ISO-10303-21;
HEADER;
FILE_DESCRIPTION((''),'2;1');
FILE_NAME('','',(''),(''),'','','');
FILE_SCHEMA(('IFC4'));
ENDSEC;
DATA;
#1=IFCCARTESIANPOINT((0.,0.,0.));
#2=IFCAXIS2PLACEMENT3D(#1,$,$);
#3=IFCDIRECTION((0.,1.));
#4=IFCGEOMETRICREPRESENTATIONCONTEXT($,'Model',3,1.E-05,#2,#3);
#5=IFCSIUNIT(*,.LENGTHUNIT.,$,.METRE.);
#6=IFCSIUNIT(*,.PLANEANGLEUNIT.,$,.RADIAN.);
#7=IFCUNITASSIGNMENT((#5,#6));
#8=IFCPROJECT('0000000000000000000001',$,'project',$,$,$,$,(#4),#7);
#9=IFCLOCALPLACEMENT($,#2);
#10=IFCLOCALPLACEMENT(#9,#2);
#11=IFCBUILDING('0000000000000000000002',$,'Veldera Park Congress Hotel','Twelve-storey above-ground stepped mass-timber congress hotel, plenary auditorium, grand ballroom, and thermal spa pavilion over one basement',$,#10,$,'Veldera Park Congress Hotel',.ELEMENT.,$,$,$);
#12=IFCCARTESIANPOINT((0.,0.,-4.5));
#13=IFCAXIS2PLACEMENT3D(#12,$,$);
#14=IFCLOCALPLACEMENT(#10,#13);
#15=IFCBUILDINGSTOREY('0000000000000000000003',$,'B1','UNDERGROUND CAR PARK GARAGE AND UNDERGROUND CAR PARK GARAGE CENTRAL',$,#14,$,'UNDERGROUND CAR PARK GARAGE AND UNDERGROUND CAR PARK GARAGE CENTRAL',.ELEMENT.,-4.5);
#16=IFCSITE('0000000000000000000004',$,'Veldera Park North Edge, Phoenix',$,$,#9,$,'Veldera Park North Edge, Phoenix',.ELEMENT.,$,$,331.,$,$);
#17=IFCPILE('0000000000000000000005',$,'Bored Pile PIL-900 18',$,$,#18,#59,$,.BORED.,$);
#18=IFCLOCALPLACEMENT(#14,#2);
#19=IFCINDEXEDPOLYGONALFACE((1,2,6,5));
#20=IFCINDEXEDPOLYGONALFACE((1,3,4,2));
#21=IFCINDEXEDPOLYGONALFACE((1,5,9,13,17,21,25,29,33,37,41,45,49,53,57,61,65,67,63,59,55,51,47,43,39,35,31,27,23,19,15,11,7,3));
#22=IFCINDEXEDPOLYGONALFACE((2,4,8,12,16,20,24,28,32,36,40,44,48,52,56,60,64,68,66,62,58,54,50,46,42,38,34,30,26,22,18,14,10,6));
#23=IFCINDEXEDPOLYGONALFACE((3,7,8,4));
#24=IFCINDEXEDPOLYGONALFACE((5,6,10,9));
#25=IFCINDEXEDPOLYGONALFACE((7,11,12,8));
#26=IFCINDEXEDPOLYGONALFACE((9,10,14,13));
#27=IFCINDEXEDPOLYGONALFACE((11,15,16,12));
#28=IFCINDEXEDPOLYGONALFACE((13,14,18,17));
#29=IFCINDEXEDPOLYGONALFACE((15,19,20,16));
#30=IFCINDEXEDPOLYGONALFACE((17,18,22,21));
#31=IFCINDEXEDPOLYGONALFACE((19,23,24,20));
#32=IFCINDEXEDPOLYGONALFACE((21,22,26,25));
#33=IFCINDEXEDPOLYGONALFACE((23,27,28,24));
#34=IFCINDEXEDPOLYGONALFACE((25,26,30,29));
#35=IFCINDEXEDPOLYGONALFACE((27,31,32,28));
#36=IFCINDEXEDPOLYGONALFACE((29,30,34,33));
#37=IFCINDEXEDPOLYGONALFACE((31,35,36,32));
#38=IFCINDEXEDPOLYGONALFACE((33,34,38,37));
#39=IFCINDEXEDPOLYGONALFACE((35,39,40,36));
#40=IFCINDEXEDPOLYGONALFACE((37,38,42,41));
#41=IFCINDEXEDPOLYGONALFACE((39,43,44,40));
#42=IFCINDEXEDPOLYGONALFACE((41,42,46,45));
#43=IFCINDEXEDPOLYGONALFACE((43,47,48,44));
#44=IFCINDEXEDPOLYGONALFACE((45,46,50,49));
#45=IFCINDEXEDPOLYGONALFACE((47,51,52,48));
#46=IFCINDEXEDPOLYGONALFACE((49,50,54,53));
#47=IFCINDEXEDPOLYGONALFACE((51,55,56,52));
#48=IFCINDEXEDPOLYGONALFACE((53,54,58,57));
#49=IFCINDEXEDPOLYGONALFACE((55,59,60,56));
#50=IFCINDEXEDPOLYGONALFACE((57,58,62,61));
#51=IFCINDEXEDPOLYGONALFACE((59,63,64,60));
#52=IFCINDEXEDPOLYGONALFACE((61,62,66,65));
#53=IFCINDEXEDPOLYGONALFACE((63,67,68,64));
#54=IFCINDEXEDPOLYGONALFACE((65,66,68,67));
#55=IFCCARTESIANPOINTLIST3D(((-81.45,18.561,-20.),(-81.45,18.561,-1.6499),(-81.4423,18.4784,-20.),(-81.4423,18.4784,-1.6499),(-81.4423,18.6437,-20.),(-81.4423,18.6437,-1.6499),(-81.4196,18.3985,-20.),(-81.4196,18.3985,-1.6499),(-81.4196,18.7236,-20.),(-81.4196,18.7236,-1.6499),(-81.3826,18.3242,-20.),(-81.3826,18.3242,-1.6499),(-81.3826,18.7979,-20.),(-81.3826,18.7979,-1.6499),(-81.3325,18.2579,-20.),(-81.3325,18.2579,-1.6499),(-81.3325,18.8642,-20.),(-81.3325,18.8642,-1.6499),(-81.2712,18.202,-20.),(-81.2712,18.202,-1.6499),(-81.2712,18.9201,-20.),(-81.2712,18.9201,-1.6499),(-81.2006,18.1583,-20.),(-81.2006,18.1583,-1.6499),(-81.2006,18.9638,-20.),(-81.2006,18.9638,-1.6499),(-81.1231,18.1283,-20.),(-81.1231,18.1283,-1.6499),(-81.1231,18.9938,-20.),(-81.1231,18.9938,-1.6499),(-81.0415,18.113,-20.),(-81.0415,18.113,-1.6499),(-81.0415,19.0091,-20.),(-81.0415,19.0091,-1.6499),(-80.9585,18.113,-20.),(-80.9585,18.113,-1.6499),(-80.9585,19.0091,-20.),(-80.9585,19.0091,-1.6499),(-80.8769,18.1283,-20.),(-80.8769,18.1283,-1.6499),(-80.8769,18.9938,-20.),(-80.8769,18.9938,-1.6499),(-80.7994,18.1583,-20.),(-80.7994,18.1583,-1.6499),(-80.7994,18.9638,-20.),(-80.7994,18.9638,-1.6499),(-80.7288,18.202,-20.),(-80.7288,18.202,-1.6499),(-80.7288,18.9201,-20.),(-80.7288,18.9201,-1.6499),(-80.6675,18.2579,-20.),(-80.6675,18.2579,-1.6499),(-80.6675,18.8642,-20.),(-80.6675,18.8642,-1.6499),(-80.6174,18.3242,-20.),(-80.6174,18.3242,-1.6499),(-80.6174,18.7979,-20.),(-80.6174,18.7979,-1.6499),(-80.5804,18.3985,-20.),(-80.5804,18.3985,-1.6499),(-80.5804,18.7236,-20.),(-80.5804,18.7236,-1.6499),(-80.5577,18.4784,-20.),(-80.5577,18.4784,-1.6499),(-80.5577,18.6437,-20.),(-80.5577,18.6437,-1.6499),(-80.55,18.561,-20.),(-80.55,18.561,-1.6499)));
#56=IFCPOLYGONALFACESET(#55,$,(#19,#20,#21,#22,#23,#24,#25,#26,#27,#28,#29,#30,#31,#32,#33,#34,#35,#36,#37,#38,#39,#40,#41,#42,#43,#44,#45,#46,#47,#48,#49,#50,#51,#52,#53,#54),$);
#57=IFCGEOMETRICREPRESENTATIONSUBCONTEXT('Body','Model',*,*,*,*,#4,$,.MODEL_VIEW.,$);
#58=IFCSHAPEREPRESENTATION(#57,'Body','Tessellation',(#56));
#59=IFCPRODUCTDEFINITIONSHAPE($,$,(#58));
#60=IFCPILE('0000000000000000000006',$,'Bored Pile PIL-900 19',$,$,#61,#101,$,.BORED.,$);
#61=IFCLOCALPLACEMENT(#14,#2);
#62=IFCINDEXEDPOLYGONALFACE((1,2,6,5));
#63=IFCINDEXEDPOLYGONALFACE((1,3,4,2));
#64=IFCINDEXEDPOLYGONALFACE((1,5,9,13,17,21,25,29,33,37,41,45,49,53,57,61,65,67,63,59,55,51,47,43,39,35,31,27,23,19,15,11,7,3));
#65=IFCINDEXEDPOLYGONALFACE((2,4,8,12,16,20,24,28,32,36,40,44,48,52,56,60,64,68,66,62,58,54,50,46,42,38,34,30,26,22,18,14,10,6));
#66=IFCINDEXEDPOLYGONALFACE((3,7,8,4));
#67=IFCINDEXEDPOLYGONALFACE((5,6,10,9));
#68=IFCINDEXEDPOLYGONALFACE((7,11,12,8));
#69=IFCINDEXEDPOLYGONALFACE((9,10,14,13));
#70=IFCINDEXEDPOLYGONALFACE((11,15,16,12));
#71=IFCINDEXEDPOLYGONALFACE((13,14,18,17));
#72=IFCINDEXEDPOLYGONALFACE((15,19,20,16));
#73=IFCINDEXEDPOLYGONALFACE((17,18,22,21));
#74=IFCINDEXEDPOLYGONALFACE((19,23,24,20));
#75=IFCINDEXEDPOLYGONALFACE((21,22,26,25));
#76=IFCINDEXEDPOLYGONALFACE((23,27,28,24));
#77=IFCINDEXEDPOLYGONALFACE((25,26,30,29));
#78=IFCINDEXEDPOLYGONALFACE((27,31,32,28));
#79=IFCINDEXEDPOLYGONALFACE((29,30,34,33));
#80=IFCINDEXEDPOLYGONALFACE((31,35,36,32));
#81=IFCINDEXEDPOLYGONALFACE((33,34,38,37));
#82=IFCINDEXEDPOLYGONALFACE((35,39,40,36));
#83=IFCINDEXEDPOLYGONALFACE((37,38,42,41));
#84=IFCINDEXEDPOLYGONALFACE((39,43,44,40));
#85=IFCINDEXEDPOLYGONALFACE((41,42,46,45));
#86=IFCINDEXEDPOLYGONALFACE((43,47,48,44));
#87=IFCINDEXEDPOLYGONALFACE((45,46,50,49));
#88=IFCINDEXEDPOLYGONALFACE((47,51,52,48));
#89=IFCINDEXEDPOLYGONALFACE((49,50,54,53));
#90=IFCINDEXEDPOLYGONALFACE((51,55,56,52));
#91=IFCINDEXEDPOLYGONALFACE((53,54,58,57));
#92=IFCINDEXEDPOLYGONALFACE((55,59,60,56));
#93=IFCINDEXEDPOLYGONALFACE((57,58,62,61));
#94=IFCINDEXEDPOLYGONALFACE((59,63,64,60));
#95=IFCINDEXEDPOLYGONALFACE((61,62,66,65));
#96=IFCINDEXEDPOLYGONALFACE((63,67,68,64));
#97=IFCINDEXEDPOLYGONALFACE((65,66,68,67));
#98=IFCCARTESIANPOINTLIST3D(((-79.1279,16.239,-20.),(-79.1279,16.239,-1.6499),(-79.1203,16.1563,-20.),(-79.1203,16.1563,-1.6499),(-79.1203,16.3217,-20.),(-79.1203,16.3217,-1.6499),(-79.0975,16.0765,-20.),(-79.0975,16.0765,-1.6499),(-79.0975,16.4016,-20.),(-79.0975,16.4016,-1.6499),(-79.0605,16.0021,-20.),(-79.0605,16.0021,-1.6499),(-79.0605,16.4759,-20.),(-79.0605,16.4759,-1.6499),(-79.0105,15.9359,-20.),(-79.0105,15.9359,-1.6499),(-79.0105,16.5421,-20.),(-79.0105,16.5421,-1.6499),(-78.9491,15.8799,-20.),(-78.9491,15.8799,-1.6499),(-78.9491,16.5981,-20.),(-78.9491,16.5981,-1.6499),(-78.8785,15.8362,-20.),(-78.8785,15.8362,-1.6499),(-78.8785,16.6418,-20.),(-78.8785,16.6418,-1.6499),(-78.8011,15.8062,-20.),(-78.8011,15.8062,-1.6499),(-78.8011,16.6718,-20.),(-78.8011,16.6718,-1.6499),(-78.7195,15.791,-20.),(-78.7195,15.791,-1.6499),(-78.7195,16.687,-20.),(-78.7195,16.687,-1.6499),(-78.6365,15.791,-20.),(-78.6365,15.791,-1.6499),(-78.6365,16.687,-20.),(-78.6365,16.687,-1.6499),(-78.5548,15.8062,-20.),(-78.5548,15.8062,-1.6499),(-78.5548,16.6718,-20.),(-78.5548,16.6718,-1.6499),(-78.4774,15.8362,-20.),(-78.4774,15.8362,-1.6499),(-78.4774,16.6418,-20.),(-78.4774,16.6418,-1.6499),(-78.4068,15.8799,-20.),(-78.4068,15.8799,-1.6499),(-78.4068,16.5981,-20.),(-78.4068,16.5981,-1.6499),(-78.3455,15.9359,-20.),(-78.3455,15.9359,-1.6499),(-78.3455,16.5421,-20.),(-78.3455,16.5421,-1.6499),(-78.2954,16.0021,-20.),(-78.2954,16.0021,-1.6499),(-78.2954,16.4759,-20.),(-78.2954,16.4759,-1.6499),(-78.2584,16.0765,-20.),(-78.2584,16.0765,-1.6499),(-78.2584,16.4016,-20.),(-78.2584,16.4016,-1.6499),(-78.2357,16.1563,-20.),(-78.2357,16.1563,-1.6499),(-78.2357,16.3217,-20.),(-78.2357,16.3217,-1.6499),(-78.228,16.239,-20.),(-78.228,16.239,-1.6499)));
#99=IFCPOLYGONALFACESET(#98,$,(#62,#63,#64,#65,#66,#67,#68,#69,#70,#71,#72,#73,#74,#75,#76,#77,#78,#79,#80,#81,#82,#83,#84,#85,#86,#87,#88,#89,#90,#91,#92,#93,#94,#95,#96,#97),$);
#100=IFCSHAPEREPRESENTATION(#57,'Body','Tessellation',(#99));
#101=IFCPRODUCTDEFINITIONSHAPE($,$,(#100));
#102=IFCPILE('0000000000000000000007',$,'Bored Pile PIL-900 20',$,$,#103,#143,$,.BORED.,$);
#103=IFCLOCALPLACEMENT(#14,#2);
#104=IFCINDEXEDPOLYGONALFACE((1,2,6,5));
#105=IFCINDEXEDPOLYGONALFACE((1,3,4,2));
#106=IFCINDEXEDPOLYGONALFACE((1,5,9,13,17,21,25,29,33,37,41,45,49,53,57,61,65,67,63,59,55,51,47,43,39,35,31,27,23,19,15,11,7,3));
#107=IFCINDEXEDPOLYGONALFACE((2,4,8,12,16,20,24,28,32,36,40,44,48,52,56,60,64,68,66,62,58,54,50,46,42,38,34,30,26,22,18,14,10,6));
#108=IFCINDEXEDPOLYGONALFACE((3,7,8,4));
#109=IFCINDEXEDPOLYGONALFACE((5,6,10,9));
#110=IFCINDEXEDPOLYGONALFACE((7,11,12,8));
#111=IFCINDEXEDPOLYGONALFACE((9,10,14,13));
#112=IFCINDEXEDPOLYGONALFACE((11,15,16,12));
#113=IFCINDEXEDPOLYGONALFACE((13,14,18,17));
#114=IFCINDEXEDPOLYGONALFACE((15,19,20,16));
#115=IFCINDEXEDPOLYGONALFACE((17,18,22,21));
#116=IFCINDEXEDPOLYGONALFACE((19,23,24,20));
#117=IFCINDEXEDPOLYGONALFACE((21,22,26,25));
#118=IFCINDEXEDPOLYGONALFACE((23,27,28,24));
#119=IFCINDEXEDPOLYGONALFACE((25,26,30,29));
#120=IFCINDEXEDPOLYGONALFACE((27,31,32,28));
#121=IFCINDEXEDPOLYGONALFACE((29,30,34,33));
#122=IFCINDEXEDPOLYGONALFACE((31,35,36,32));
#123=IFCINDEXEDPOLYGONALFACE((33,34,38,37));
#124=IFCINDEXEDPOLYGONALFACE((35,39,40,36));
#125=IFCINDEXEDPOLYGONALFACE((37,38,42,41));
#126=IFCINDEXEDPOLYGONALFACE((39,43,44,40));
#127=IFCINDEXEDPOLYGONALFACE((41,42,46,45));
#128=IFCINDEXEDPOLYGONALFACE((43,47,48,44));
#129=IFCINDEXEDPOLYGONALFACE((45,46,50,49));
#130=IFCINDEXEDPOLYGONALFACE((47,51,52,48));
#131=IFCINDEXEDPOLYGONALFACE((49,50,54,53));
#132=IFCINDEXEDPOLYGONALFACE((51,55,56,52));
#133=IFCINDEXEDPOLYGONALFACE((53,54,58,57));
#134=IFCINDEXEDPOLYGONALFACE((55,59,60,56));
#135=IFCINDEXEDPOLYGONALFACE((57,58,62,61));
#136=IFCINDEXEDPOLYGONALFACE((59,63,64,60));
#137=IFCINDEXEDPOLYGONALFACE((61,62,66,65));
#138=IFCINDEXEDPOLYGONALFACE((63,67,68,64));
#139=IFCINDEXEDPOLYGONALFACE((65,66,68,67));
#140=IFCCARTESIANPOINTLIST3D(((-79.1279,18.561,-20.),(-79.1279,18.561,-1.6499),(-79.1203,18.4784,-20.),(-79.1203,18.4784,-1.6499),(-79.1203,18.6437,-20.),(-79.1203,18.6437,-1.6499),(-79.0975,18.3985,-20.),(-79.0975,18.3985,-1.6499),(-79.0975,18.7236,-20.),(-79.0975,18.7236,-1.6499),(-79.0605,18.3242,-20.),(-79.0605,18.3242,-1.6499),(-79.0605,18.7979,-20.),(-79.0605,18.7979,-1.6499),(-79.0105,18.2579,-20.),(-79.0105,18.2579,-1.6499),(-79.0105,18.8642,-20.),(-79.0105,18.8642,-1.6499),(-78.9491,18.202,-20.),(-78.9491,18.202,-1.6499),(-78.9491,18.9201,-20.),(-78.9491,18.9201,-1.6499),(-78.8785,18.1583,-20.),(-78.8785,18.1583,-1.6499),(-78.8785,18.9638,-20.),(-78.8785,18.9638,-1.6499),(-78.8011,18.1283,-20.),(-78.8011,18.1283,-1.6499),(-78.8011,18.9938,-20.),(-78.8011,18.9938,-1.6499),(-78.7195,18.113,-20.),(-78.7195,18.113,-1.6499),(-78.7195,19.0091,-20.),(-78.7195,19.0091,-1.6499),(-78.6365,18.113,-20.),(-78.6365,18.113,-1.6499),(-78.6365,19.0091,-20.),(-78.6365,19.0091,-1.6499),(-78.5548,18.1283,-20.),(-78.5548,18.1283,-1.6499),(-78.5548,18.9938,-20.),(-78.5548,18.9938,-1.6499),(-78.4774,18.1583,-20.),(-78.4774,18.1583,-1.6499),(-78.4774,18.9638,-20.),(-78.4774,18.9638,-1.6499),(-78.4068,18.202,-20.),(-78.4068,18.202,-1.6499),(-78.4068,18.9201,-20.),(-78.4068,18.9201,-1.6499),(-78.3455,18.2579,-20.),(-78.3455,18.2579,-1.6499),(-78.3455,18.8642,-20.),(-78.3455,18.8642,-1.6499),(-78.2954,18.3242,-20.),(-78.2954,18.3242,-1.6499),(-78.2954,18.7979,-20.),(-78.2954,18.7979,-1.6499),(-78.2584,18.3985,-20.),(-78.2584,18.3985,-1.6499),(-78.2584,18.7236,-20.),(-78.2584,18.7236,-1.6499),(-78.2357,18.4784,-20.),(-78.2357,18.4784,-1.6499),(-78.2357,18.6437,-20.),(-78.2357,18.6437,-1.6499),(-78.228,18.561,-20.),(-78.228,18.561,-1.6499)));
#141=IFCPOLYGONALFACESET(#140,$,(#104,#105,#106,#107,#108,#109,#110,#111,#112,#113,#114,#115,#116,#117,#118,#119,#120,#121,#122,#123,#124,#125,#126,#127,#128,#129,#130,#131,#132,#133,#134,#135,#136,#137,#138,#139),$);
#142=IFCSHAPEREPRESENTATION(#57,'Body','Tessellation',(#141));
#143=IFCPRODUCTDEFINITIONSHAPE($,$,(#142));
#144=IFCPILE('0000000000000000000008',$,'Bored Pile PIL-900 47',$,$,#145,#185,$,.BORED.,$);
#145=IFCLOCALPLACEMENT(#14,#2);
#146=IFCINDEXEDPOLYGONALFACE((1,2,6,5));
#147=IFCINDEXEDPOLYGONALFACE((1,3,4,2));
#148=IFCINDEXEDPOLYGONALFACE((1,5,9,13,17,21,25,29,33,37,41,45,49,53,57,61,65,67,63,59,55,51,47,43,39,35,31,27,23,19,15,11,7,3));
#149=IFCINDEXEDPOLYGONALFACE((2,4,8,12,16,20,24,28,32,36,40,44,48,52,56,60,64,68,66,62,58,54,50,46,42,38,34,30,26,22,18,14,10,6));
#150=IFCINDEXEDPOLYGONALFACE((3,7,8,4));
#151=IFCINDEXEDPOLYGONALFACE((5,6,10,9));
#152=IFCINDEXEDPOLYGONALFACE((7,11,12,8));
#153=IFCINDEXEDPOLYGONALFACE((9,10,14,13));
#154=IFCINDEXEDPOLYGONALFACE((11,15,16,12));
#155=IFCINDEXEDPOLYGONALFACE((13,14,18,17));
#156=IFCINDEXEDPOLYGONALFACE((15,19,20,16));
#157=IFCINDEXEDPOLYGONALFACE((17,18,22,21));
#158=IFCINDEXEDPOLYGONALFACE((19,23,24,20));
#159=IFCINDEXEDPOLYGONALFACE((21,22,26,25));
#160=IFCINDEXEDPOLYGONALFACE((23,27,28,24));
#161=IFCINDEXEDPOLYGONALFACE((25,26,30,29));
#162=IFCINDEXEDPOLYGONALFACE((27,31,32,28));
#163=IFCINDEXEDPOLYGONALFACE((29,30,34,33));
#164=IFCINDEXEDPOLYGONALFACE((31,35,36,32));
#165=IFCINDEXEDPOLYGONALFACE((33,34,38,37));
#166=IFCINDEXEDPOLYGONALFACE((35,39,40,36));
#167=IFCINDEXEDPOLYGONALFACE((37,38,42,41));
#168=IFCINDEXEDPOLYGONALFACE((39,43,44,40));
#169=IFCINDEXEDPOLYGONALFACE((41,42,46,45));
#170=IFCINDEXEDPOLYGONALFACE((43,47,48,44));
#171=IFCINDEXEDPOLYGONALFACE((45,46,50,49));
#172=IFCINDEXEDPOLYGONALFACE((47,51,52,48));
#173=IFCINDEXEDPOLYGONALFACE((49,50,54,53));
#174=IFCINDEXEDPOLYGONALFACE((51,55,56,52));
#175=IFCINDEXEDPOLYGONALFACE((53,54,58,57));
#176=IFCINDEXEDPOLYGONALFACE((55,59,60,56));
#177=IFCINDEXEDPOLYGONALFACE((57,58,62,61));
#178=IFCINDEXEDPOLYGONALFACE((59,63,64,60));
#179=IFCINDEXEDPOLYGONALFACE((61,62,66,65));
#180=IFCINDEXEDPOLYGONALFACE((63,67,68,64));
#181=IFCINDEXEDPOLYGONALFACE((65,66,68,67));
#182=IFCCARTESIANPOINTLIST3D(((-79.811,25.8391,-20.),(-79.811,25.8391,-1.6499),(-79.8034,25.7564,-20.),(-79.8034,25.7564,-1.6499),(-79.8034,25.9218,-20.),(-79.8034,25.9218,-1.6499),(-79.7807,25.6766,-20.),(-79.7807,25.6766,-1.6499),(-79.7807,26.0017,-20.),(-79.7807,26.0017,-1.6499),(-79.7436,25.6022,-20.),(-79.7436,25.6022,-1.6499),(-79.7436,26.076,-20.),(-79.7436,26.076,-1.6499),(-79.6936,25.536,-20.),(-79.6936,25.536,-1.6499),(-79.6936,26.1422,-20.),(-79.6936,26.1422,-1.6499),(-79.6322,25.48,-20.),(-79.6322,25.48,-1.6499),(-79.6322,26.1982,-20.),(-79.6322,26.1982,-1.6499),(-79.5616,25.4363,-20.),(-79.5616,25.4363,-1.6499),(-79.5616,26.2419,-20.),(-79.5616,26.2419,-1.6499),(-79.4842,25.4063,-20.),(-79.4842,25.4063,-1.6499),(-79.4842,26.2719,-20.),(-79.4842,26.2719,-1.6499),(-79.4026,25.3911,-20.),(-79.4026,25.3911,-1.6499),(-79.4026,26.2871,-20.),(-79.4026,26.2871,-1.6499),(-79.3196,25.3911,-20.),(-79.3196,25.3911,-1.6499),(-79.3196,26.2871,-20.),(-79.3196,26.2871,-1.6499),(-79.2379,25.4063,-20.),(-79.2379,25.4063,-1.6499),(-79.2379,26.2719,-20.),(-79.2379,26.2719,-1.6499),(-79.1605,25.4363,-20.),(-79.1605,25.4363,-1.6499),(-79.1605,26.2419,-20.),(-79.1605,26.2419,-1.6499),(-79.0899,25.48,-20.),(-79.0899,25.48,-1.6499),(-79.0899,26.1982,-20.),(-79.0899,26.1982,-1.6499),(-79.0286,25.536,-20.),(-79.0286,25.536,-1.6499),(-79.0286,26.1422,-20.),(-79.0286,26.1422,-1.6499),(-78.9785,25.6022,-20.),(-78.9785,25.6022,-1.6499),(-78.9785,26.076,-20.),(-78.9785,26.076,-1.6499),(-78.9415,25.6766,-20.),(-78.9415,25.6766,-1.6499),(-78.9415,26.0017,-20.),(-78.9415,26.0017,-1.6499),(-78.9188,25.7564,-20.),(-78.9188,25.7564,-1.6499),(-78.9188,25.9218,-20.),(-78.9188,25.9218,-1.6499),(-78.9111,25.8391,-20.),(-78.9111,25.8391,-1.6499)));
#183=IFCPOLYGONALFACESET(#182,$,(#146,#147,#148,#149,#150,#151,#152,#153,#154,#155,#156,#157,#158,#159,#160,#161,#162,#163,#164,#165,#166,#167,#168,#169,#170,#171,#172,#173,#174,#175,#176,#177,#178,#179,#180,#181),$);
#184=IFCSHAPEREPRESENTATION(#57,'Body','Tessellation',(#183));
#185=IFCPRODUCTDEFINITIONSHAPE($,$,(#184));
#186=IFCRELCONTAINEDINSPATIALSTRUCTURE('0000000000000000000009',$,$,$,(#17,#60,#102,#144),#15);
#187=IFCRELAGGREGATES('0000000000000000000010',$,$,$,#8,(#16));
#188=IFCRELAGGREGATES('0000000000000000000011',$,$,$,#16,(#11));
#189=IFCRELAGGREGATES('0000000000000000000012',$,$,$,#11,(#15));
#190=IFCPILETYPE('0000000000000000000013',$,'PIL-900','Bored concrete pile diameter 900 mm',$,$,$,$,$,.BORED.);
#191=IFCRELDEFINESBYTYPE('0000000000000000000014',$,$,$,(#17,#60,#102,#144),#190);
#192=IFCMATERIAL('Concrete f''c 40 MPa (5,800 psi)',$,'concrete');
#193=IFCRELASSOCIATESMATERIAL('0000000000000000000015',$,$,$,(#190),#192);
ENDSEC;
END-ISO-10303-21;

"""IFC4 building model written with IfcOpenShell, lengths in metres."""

from ifc_helpers import new_model, si_unit, direction, frame, origin, origin_2d, place, context, subcontext, project, spatial, circle, extrude, material, material_profile, profile_set, type_object, element, save


model = new_model("IFC4")

# Units and contexts
model_context = context("Model", 3, precision=1e-05, world=origin(), true_north=direction((0.0, 1.0)))
body_context = subcontext(model_context, "Body", "Model", "MODEL_VIEW")
ifc_project = project(units=[si_unit("LENGTHUNIT", "METRE"), si_unit("PLANEANGLEUNIT", "RADIAN")], contexts=[model_context])

# Site, building, storey
site_placement = place(None, origin())
site = spatial("IfcSite", under=ifc_project, at=site_placement, Name="Veldera Park North Edge, Phoenix", LongName="Veldera Park North Edge, Phoenix", CompositionType="ELEMENT", RefElevation=331.0)
building_placement = place(site_placement, origin())
building = spatial("IfcBuilding", under=site, at=building_placement, Name="Veldera Park Congress Hotel", Description="Twelve-storey above-ground stepped mass-timber congress hotel, plenary auditorium, grand ballroom, and thermal spa pavilion over one basement", LongName="Veldera Park Congress Hotel", CompositionType="ELEMENT")
storey_placement = place(building_placement, frame((0.0, 0.0, -4.5)))
storey = spatial("IfcBuildingStorey", under=building, at=storey_placement, Name="B1", Description="UNDERGROUND CAR PARK GARAGE AND UNDERGROUND CAR PARK GARAGE CENTRAL", LongName="UNDERGROUND CAR PARK GARAGE AND UNDERGROUND CAR PARK GARAGE CENTRAL", CompositionType="ELEMENT", Elevation=-4.5)

# Shared definitions
ifc_material_1 = material(Name="Concrete f'c 40 MPa (5,800 psi)", Category="concrete")

# Piles
ifc_material_profile_1 = material_profile(ifc_material_1, circle(Radius=0.45, at=origin_2d()), Name="PILE D900")
ifc_profile_set_1 = profile_set([ifc_material_profile_1], Name="Concrete f'c 40 MPa (5,800 psi)")
pile_type_1 = type_object("IfcPileType", Name="PIL-900", Description="Bored concrete pile diameter 900 mm", PredefinedType="BORED", material=ifc_profile_set_1)
for number, where, z_axis, x_axis, name in (
    (1, (-81.0, 18.561, -1.6499), (0.0, 0.0, -1.0), (1.0, 0.0, 0.0), "Bored Pile PIL-900 18"),
    (2, (-78.678, 16.239, -1.6499), (0.0, 0.0, -1.0), (1.0, 0.0, 0.0), "Bored Pile PIL-900 19"),
    (3, (-78.678, 18.561, -1.6499), (0.0, 0.0, -1.0), (1.0, 0.0, 0.0), "Bored Pile PIL-900 20"),
    (4, (-79.3611, 25.8391, -1.6499), (0.0, 0.0, -1.0), (1.0, 0.0, 0.0), "Bored Pile PIL-900 47"),
):
    element("IfcPile", number, at=place(storey_placement, frame(where, z_axis=z_axis, x_axis=x_axis)), inside=storey, type_object=pile_type_1, Name=name, PredefinedType="BORED", context=body_context, shape_type="SweptSolid", body=[
        extrude(circle(Radius=0.45, at=origin_2d()), origin(), (0.0, 0.0, 1.0), 18.3501),
    ])

save(model, "model.ifc")
